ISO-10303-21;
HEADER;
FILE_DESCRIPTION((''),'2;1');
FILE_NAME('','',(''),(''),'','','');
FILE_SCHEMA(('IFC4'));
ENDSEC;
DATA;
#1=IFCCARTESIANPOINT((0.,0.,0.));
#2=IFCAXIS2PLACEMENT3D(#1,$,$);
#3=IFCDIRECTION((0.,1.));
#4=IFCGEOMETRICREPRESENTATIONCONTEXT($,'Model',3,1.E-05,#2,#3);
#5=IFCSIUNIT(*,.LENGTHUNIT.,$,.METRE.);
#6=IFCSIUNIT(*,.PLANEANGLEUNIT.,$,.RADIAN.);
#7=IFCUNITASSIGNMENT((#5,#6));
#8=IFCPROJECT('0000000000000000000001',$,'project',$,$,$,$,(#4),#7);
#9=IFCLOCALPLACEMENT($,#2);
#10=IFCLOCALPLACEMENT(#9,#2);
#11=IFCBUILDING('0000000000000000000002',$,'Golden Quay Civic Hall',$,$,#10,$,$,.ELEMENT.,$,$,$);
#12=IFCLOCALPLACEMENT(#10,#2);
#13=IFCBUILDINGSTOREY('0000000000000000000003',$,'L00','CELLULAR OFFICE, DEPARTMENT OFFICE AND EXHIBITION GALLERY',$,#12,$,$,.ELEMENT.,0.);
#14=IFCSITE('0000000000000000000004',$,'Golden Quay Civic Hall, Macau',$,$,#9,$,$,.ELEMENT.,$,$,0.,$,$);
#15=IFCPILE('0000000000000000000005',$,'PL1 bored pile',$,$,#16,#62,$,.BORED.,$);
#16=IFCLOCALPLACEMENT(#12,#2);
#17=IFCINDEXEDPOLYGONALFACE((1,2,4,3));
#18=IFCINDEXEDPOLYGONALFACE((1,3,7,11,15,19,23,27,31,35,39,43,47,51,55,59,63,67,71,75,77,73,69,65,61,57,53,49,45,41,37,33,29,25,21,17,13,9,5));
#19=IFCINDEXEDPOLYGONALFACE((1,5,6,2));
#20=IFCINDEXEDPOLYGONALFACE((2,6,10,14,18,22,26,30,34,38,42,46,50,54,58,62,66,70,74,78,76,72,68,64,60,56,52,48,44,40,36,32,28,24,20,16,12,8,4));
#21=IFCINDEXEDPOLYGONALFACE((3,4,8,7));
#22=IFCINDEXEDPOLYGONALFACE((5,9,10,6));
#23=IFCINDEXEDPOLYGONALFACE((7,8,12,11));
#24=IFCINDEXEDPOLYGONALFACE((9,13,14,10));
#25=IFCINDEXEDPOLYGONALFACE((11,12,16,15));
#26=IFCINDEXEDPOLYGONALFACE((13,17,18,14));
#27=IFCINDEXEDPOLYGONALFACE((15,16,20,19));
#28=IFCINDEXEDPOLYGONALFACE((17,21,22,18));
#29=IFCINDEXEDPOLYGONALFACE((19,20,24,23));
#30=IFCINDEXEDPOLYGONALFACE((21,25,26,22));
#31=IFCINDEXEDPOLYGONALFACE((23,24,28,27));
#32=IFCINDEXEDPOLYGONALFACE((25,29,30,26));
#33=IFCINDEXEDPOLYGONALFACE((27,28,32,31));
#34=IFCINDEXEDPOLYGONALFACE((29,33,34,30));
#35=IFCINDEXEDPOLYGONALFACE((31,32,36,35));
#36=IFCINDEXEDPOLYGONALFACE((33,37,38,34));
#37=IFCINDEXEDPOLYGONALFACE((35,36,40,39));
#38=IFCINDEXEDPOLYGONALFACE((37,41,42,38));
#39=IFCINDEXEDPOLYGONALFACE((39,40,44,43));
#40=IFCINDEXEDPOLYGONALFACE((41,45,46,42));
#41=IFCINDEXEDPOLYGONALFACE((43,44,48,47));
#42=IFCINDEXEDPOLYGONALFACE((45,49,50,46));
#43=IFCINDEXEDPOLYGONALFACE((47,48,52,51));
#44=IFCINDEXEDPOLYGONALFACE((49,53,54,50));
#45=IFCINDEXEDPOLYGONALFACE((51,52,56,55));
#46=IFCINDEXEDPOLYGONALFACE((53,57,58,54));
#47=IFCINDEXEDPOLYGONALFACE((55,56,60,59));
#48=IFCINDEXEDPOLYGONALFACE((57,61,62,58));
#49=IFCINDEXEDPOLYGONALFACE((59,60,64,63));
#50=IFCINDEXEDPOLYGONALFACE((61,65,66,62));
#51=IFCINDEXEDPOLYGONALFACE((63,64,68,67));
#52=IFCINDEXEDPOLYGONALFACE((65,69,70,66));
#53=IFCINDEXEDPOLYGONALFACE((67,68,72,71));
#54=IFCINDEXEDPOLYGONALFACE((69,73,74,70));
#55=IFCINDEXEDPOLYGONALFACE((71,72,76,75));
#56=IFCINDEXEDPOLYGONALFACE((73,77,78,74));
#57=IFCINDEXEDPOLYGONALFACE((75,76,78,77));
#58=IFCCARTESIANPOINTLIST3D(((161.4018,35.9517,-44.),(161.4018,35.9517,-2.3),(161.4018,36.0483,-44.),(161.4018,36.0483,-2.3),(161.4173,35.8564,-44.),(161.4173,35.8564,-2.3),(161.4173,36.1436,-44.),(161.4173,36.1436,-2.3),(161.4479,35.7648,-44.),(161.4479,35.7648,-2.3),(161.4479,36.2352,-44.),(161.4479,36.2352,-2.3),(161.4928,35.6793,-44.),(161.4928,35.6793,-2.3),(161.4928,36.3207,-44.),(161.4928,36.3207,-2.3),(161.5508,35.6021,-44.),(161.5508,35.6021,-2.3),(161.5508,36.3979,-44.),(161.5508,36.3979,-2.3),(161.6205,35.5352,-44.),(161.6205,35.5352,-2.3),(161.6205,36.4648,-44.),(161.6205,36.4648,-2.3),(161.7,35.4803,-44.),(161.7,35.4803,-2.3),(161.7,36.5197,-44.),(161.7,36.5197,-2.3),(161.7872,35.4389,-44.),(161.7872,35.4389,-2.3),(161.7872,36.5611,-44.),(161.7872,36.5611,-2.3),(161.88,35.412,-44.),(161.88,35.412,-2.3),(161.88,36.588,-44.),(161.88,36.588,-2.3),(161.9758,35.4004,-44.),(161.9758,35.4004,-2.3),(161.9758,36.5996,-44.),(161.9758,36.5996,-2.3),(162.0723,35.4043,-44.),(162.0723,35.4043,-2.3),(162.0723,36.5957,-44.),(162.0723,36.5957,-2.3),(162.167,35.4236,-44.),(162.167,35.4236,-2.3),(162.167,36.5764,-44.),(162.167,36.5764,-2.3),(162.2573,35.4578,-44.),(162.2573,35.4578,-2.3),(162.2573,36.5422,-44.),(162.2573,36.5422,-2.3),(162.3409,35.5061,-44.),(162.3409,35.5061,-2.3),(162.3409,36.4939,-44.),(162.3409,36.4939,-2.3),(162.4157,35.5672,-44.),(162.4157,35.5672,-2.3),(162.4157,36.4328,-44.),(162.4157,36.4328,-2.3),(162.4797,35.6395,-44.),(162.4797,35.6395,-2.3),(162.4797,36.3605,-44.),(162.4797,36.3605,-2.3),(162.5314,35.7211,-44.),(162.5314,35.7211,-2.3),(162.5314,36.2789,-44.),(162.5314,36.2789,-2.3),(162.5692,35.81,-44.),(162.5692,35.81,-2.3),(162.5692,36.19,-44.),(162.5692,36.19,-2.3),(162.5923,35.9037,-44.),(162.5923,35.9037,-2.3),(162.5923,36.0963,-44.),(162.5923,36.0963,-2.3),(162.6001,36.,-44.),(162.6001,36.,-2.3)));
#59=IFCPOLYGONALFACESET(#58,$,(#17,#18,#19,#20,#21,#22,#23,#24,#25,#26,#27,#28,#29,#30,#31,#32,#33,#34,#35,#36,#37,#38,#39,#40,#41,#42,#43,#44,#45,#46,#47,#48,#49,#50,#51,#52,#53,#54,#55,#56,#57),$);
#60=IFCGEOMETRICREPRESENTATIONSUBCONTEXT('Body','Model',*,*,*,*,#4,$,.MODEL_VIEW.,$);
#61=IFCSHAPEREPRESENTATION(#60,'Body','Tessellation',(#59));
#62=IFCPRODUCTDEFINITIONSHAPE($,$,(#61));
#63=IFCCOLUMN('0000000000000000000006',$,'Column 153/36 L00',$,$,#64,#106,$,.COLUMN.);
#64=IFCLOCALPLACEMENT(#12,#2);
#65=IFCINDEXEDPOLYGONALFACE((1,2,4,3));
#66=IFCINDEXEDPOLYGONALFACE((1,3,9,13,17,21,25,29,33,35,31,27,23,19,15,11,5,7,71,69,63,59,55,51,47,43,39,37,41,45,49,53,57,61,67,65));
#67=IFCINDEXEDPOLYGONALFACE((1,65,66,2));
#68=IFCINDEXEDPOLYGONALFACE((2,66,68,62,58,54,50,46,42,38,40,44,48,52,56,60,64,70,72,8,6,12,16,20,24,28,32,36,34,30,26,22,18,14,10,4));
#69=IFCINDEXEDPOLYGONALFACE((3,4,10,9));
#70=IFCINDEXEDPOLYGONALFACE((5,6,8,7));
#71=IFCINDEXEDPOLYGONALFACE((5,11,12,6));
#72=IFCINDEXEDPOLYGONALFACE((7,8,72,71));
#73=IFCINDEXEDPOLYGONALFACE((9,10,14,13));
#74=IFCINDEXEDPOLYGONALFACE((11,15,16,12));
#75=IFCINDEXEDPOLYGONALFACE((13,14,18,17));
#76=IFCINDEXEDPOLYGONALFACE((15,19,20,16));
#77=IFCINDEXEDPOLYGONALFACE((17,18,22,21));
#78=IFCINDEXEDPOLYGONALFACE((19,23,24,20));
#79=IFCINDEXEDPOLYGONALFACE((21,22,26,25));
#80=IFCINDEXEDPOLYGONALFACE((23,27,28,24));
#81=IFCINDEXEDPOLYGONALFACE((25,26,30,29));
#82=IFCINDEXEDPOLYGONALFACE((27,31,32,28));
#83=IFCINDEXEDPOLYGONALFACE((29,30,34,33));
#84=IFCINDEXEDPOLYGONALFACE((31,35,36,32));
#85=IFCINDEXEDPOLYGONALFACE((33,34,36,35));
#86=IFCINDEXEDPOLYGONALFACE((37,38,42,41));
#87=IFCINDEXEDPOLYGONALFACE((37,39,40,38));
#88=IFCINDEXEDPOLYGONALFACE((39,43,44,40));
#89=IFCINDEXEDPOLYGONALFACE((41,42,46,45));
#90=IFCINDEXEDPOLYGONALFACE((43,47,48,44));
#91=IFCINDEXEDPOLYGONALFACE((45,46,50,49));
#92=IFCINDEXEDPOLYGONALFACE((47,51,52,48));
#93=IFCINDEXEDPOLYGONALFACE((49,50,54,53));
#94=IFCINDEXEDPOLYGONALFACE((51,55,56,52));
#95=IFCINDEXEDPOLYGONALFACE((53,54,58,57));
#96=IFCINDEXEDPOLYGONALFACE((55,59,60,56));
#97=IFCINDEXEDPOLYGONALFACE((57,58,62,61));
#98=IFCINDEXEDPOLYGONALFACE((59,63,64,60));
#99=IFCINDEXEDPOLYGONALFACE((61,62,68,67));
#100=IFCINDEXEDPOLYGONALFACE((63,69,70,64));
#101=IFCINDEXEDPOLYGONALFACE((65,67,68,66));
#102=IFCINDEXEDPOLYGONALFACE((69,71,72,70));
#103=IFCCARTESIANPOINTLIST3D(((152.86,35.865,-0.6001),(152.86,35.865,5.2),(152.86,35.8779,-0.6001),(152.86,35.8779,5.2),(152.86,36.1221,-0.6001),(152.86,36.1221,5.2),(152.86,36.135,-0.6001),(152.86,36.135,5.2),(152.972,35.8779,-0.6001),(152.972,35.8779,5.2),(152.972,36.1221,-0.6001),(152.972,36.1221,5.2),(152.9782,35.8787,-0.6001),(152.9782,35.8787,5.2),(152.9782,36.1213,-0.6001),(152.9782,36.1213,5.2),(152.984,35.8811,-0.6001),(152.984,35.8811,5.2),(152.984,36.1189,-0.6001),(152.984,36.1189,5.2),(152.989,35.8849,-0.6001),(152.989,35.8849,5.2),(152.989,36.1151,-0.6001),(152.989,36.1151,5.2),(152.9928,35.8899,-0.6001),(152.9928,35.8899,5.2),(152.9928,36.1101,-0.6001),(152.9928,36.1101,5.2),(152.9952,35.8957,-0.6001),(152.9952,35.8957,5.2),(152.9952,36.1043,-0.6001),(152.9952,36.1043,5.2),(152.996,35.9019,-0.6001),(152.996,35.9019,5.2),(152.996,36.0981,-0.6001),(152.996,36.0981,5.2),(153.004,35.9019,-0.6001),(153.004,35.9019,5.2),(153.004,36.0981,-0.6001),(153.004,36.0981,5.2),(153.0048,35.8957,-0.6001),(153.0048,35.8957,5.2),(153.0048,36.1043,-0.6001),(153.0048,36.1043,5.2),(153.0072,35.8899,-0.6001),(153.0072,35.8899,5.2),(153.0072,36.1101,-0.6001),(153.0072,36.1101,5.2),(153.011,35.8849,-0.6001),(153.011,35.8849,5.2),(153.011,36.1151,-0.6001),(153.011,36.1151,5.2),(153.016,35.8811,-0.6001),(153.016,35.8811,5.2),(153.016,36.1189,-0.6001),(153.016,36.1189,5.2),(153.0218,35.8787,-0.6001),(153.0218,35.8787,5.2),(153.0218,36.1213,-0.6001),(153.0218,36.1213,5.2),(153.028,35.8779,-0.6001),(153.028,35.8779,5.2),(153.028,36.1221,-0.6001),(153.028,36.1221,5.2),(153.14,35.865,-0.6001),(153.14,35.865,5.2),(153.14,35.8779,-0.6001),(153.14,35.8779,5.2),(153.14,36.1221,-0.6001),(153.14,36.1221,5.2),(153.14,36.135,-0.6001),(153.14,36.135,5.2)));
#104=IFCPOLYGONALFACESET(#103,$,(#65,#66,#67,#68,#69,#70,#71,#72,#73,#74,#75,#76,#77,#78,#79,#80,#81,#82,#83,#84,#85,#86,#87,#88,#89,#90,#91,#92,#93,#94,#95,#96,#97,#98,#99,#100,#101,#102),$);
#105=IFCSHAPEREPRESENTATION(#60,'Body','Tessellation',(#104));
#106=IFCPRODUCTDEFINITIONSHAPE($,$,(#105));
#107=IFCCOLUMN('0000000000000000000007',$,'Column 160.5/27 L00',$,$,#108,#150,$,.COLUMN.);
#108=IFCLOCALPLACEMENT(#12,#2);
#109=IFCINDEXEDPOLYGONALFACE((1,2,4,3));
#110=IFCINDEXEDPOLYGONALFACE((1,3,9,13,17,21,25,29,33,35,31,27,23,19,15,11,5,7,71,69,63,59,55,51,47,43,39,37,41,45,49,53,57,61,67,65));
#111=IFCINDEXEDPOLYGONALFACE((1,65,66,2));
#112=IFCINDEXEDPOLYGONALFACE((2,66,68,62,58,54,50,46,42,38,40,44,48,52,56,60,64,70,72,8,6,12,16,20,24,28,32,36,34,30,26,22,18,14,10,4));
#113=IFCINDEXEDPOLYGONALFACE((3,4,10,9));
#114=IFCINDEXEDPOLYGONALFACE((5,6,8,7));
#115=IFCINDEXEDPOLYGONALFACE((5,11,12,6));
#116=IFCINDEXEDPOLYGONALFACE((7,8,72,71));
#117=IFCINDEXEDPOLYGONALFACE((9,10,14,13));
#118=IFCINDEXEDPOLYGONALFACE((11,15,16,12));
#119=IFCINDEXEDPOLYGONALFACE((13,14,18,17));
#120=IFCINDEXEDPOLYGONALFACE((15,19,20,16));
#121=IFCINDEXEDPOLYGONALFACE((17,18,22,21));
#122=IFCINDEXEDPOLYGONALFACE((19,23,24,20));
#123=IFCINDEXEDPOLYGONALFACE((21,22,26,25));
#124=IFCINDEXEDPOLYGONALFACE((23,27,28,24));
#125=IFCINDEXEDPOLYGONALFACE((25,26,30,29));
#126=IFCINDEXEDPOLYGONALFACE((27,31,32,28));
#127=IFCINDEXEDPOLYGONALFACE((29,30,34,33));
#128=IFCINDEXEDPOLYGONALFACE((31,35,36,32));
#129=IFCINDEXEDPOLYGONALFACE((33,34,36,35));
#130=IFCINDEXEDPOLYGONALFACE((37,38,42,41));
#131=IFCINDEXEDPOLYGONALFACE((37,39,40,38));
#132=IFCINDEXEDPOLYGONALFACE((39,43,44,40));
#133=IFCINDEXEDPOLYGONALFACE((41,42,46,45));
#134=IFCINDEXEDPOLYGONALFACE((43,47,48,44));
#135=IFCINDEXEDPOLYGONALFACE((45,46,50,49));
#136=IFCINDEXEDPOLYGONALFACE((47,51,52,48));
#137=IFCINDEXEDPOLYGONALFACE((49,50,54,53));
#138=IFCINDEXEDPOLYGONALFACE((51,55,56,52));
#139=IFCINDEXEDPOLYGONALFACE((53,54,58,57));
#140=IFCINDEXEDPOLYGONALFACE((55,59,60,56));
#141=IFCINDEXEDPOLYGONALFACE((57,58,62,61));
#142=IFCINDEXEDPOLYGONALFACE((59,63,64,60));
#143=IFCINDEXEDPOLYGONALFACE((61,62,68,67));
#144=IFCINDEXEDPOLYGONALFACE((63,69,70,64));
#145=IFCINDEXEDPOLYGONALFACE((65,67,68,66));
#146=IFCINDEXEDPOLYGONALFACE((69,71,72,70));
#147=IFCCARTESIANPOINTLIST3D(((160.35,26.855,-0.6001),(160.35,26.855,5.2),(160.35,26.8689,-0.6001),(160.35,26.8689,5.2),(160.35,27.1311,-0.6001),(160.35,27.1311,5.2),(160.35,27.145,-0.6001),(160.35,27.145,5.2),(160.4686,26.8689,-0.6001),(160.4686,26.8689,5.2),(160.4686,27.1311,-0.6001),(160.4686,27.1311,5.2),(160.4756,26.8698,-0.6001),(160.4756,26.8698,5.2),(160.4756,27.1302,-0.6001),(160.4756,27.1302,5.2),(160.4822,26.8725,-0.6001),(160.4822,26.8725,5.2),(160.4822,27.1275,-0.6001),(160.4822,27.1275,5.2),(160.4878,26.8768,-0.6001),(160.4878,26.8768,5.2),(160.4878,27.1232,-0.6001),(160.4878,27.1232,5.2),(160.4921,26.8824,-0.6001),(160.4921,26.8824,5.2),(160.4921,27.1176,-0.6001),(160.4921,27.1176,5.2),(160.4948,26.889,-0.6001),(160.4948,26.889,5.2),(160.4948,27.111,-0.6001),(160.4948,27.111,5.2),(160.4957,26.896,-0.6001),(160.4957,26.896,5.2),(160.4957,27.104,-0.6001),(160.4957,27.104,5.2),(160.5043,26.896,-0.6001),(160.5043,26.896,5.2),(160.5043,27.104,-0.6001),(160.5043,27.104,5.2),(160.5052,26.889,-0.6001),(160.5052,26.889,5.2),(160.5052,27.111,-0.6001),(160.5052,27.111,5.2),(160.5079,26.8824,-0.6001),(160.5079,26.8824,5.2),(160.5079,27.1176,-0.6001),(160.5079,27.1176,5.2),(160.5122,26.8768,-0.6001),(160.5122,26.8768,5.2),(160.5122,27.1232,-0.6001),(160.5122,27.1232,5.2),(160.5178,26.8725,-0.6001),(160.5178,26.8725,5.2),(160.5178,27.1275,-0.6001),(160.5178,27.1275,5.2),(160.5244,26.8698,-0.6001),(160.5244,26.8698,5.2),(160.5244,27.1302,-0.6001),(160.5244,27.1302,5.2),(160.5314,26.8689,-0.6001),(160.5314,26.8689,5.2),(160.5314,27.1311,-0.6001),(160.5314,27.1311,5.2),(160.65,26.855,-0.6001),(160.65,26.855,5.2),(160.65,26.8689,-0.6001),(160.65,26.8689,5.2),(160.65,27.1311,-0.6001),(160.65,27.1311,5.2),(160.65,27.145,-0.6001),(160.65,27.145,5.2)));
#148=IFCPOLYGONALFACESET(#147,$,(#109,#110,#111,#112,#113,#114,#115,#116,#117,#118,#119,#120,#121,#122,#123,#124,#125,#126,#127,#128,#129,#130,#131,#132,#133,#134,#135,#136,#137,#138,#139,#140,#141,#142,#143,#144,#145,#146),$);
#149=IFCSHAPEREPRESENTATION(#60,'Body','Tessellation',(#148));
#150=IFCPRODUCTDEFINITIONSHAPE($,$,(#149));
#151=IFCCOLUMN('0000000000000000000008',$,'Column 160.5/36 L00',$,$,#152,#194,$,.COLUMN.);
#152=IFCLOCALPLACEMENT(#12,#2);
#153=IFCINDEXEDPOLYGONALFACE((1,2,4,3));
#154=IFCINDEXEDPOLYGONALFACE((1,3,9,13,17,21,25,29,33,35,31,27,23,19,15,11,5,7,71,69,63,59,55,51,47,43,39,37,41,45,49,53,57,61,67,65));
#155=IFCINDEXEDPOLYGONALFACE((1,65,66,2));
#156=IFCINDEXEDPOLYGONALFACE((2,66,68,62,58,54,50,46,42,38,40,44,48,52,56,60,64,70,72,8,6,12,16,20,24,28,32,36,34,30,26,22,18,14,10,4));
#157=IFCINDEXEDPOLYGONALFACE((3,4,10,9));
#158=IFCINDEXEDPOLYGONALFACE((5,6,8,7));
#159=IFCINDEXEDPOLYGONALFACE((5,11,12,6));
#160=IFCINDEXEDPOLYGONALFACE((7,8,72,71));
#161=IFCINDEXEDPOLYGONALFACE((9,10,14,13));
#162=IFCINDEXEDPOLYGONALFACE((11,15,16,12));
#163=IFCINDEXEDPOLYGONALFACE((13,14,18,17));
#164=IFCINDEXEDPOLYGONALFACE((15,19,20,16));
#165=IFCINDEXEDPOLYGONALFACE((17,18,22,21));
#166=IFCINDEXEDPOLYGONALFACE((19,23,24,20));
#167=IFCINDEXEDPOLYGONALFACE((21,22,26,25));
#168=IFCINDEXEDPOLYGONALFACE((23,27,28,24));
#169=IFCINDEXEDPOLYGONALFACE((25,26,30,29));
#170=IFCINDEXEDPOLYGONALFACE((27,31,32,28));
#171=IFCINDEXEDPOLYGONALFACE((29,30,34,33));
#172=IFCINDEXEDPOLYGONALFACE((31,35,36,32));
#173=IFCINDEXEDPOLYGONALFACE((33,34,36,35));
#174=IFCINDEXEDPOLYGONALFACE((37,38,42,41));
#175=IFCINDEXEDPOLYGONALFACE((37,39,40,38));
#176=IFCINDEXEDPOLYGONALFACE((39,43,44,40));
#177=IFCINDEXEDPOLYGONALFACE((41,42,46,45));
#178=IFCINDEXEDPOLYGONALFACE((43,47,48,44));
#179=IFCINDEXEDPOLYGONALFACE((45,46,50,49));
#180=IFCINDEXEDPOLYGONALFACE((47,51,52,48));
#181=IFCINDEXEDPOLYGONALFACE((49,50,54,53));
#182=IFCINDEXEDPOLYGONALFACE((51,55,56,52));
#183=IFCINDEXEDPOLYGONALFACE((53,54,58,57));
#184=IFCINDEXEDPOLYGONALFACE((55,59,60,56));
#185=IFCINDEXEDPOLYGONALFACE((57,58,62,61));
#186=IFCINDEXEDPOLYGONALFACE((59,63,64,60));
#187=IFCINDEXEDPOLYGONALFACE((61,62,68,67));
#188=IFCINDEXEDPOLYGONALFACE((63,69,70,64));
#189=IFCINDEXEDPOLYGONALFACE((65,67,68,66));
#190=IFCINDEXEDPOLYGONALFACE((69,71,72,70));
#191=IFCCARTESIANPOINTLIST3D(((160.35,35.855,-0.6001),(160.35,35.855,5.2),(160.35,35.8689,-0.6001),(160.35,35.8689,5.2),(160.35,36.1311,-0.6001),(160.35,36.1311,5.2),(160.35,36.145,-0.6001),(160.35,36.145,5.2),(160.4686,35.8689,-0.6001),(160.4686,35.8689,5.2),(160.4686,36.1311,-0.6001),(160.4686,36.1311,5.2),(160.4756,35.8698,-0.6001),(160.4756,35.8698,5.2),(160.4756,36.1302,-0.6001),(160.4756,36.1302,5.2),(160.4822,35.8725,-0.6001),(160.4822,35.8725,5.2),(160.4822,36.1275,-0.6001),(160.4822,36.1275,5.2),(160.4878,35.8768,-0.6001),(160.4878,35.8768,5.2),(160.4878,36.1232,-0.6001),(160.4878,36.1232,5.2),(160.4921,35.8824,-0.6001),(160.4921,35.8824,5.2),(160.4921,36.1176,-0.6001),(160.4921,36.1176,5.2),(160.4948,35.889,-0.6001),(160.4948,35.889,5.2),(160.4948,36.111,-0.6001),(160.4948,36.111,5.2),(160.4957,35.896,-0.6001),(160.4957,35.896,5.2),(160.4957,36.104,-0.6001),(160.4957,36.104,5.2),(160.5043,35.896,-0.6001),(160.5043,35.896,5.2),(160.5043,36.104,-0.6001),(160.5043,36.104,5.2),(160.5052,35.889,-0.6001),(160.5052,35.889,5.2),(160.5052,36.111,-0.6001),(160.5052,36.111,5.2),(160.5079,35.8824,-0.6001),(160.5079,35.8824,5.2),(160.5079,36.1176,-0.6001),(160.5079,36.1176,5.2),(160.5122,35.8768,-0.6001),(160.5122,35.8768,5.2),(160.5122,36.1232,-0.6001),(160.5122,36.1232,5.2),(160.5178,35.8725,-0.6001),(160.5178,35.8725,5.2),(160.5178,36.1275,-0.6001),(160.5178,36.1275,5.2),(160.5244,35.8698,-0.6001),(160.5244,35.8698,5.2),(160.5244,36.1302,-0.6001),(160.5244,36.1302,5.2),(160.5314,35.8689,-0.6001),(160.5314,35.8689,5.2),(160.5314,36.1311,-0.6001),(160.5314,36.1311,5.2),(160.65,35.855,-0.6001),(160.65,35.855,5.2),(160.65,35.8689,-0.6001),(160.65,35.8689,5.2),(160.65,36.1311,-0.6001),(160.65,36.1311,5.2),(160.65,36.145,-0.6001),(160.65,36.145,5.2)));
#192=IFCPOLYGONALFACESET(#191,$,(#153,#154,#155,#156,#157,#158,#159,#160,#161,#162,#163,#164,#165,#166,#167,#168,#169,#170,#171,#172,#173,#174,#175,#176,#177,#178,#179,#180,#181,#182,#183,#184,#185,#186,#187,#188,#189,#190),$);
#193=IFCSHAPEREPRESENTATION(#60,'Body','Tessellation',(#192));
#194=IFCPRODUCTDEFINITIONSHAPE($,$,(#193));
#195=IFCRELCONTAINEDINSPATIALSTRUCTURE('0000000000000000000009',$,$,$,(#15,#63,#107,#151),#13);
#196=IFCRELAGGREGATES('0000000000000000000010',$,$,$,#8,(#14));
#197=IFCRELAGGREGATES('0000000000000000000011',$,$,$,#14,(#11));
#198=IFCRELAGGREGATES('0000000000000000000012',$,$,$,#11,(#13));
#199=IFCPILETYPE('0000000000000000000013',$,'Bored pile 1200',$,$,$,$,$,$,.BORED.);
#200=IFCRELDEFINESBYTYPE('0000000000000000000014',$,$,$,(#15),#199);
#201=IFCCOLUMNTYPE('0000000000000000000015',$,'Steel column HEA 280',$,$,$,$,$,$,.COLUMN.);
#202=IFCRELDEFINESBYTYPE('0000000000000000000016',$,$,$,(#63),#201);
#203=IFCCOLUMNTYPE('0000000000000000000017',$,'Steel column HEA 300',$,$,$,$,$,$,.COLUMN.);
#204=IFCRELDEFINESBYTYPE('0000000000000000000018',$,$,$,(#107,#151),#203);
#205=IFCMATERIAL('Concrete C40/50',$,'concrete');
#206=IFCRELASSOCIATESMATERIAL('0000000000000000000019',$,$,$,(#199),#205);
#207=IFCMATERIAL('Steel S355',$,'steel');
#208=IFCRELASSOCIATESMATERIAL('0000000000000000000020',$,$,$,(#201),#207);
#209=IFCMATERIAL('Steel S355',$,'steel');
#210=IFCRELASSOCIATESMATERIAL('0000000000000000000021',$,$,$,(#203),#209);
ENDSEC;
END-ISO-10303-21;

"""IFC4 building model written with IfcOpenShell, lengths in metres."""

from ifc_helpers import new_model, si_unit, direction, frame, origin, origin_2d, place, context, subcontext, project, spatial, circle, i_section, extrude, material, material_profile, profile_set, type_object, element, save


model = new_model("IFC4")

# Units and contexts
model_context = context("Model", 3, precision=1e-05, world=origin(), true_north=direction((0.0, 1.0)))
body_context = subcontext(model_context, "Body", "Model", "MODEL_VIEW")
ifc_project = project(units=[si_unit("LENGTHUNIT", "METRE"), si_unit("PLANEANGLEUNIT", "RADIAN")], contexts=[model_context])

# Site, building, storey
site_placement = place(None, origin())
site = spatial("IfcSite", under=ifc_project, at=site_placement, Name="Golden Quay Civic Hall, Macau", CompositionType="ELEMENT", RefElevation=0.0)
building_placement = place(site_placement, origin())
building = spatial("IfcBuilding", under=site, at=building_placement, Name="Golden Quay Civic Hall", CompositionType="ELEMENT")
storey_placement = place(building_placement, origin())
storey = spatial("IfcBuildingStorey", under=building, at=storey_placement, Name="L00", Description="CELLULAR OFFICE, DEPARTMENT OFFICE AND EXHIBITION GALLERY", CompositionType="ELEMENT", Elevation=0.0)

# Pile
ifc_material_1 = material(Name="Concrete C40/50", Category="concrete")
ifc_material_profile_1 = material_profile(ifc_material_1, circle(Radius=0.6001, at=origin_2d()), Name="RC D1200")
ifc_profile_set_1 = profile_set([ifc_material_profile_1], Name="Concrete C40/50")
pile_type = type_object("IfcPileType", Name="Bored pile 1200", PredefinedType="BORED", material=ifc_profile_set_1)
for number, where, z_axis, x_axis, name in (
    (1, (162.0, 36.0, -2.3), (0.0, 0.0, -1.0), (1.0, 0.0, 0.0), "PL1 bored pile"),
):
    element("IfcPile", number, at=place(storey_placement, frame(where, z_axis=z_axis, x_axis=x_axis)), inside=storey, type_object=pile_type, Name=name, PredefinedType="BORED", context=body_context, shape_type="SweptSolid", body=[
        extrude(circle(Radius=0.6001, at=origin_2d()), origin(), (0.0, 0.0, 1.0), 41.7),
    ])

# Columns
ifc_material_2 = material(Name="Steel S355", Category="steel")
ifc_material_profile_2 = material_profile(ifc_material_2, i_section(OverallWidth=0.28, OverallDepth=0.27, WebThickness=0.0081, FlangeThickness=0.0129, FilletRadius=0.0239, at=origin_2d()), Name="HEA 280")
ifc_profile_set_2 = profile_set([ifc_material_profile_2], Name="Steel S355")
column_type_1 = type_object("IfcColumnType", Name="Steel column HEA 280", PredefinedType="COLUMN", material=ifc_profile_set_2)
column_placement = place(storey_placement, frame((153.0, 36.0, -0.6001), z_axis=(0.0, 0.0, 1.0), x_axis=(1.0, 0.0, 0.0)))
element("IfcColumn", 2, at=column_placement, inside=storey, type_object=column_type_1, Name="Column 153/36 L00", PredefinedType="COLUMN", context=body_context, shape_type="SweptSolid", body=[
    extrude(i_section(OverallWidth=0.28, OverallDepth=0.27, WebThickness=0.0081, FlangeThickness=0.0129, FilletRadius=0.0239, at=origin_2d()), origin(), (0.0, 0.0, 1.0), 5.8),
])
ifc_material_3 = material(Name="Steel S355", Category="steel")
ifc_material_profile_3 = material_profile(ifc_material_3, i_section(OverallWidth=0.3, OverallDepth=0.29, WebThickness=0.0085, FlangeThickness=0.0139, FilletRadius=0.0271, at=origin_2d()), Name="HEA 300")
ifc_profile_set_3 = profile_set([ifc_material_profile_3], Name="Steel S355")
column_type_2 = type_object("IfcColumnType", Name="Steel column HEA 300", PredefinedType="COLUMN", material=ifc_profile_set_3)
for number, where, z_axis, x_axis, name in (
    (3, (160.5, 27.0, -0.6001), (0.0, 0.0, 1.0), (1.0, 0.0, 0.0), "Column 160.5/27 L00"),
    (4, (160.5, 36.0, -0.6001), (0.0, 0.0, 1.0), (1.0, 0.0, 0.0), "Column 160.5/36 L00"),
):
    element("IfcColumn", number, at=place(storey_placement, frame(where, z_axis=z_axis, x_axis=x_axis)), inside=storey, type_object=column_type_2, Name=name, PredefinedType="COLUMN", context=body_context, shape_type="SweptSolid", body=[
        extrude(i_section(OverallWidth=0.3, OverallDepth=0.29, WebThickness=0.0085, FlangeThickness=0.0139, FilletRadius=0.0271, at=origin_2d()), origin(), (0.0, 0.0, 1.0), 5.8),
    ])

save(model, "model.ifc")
